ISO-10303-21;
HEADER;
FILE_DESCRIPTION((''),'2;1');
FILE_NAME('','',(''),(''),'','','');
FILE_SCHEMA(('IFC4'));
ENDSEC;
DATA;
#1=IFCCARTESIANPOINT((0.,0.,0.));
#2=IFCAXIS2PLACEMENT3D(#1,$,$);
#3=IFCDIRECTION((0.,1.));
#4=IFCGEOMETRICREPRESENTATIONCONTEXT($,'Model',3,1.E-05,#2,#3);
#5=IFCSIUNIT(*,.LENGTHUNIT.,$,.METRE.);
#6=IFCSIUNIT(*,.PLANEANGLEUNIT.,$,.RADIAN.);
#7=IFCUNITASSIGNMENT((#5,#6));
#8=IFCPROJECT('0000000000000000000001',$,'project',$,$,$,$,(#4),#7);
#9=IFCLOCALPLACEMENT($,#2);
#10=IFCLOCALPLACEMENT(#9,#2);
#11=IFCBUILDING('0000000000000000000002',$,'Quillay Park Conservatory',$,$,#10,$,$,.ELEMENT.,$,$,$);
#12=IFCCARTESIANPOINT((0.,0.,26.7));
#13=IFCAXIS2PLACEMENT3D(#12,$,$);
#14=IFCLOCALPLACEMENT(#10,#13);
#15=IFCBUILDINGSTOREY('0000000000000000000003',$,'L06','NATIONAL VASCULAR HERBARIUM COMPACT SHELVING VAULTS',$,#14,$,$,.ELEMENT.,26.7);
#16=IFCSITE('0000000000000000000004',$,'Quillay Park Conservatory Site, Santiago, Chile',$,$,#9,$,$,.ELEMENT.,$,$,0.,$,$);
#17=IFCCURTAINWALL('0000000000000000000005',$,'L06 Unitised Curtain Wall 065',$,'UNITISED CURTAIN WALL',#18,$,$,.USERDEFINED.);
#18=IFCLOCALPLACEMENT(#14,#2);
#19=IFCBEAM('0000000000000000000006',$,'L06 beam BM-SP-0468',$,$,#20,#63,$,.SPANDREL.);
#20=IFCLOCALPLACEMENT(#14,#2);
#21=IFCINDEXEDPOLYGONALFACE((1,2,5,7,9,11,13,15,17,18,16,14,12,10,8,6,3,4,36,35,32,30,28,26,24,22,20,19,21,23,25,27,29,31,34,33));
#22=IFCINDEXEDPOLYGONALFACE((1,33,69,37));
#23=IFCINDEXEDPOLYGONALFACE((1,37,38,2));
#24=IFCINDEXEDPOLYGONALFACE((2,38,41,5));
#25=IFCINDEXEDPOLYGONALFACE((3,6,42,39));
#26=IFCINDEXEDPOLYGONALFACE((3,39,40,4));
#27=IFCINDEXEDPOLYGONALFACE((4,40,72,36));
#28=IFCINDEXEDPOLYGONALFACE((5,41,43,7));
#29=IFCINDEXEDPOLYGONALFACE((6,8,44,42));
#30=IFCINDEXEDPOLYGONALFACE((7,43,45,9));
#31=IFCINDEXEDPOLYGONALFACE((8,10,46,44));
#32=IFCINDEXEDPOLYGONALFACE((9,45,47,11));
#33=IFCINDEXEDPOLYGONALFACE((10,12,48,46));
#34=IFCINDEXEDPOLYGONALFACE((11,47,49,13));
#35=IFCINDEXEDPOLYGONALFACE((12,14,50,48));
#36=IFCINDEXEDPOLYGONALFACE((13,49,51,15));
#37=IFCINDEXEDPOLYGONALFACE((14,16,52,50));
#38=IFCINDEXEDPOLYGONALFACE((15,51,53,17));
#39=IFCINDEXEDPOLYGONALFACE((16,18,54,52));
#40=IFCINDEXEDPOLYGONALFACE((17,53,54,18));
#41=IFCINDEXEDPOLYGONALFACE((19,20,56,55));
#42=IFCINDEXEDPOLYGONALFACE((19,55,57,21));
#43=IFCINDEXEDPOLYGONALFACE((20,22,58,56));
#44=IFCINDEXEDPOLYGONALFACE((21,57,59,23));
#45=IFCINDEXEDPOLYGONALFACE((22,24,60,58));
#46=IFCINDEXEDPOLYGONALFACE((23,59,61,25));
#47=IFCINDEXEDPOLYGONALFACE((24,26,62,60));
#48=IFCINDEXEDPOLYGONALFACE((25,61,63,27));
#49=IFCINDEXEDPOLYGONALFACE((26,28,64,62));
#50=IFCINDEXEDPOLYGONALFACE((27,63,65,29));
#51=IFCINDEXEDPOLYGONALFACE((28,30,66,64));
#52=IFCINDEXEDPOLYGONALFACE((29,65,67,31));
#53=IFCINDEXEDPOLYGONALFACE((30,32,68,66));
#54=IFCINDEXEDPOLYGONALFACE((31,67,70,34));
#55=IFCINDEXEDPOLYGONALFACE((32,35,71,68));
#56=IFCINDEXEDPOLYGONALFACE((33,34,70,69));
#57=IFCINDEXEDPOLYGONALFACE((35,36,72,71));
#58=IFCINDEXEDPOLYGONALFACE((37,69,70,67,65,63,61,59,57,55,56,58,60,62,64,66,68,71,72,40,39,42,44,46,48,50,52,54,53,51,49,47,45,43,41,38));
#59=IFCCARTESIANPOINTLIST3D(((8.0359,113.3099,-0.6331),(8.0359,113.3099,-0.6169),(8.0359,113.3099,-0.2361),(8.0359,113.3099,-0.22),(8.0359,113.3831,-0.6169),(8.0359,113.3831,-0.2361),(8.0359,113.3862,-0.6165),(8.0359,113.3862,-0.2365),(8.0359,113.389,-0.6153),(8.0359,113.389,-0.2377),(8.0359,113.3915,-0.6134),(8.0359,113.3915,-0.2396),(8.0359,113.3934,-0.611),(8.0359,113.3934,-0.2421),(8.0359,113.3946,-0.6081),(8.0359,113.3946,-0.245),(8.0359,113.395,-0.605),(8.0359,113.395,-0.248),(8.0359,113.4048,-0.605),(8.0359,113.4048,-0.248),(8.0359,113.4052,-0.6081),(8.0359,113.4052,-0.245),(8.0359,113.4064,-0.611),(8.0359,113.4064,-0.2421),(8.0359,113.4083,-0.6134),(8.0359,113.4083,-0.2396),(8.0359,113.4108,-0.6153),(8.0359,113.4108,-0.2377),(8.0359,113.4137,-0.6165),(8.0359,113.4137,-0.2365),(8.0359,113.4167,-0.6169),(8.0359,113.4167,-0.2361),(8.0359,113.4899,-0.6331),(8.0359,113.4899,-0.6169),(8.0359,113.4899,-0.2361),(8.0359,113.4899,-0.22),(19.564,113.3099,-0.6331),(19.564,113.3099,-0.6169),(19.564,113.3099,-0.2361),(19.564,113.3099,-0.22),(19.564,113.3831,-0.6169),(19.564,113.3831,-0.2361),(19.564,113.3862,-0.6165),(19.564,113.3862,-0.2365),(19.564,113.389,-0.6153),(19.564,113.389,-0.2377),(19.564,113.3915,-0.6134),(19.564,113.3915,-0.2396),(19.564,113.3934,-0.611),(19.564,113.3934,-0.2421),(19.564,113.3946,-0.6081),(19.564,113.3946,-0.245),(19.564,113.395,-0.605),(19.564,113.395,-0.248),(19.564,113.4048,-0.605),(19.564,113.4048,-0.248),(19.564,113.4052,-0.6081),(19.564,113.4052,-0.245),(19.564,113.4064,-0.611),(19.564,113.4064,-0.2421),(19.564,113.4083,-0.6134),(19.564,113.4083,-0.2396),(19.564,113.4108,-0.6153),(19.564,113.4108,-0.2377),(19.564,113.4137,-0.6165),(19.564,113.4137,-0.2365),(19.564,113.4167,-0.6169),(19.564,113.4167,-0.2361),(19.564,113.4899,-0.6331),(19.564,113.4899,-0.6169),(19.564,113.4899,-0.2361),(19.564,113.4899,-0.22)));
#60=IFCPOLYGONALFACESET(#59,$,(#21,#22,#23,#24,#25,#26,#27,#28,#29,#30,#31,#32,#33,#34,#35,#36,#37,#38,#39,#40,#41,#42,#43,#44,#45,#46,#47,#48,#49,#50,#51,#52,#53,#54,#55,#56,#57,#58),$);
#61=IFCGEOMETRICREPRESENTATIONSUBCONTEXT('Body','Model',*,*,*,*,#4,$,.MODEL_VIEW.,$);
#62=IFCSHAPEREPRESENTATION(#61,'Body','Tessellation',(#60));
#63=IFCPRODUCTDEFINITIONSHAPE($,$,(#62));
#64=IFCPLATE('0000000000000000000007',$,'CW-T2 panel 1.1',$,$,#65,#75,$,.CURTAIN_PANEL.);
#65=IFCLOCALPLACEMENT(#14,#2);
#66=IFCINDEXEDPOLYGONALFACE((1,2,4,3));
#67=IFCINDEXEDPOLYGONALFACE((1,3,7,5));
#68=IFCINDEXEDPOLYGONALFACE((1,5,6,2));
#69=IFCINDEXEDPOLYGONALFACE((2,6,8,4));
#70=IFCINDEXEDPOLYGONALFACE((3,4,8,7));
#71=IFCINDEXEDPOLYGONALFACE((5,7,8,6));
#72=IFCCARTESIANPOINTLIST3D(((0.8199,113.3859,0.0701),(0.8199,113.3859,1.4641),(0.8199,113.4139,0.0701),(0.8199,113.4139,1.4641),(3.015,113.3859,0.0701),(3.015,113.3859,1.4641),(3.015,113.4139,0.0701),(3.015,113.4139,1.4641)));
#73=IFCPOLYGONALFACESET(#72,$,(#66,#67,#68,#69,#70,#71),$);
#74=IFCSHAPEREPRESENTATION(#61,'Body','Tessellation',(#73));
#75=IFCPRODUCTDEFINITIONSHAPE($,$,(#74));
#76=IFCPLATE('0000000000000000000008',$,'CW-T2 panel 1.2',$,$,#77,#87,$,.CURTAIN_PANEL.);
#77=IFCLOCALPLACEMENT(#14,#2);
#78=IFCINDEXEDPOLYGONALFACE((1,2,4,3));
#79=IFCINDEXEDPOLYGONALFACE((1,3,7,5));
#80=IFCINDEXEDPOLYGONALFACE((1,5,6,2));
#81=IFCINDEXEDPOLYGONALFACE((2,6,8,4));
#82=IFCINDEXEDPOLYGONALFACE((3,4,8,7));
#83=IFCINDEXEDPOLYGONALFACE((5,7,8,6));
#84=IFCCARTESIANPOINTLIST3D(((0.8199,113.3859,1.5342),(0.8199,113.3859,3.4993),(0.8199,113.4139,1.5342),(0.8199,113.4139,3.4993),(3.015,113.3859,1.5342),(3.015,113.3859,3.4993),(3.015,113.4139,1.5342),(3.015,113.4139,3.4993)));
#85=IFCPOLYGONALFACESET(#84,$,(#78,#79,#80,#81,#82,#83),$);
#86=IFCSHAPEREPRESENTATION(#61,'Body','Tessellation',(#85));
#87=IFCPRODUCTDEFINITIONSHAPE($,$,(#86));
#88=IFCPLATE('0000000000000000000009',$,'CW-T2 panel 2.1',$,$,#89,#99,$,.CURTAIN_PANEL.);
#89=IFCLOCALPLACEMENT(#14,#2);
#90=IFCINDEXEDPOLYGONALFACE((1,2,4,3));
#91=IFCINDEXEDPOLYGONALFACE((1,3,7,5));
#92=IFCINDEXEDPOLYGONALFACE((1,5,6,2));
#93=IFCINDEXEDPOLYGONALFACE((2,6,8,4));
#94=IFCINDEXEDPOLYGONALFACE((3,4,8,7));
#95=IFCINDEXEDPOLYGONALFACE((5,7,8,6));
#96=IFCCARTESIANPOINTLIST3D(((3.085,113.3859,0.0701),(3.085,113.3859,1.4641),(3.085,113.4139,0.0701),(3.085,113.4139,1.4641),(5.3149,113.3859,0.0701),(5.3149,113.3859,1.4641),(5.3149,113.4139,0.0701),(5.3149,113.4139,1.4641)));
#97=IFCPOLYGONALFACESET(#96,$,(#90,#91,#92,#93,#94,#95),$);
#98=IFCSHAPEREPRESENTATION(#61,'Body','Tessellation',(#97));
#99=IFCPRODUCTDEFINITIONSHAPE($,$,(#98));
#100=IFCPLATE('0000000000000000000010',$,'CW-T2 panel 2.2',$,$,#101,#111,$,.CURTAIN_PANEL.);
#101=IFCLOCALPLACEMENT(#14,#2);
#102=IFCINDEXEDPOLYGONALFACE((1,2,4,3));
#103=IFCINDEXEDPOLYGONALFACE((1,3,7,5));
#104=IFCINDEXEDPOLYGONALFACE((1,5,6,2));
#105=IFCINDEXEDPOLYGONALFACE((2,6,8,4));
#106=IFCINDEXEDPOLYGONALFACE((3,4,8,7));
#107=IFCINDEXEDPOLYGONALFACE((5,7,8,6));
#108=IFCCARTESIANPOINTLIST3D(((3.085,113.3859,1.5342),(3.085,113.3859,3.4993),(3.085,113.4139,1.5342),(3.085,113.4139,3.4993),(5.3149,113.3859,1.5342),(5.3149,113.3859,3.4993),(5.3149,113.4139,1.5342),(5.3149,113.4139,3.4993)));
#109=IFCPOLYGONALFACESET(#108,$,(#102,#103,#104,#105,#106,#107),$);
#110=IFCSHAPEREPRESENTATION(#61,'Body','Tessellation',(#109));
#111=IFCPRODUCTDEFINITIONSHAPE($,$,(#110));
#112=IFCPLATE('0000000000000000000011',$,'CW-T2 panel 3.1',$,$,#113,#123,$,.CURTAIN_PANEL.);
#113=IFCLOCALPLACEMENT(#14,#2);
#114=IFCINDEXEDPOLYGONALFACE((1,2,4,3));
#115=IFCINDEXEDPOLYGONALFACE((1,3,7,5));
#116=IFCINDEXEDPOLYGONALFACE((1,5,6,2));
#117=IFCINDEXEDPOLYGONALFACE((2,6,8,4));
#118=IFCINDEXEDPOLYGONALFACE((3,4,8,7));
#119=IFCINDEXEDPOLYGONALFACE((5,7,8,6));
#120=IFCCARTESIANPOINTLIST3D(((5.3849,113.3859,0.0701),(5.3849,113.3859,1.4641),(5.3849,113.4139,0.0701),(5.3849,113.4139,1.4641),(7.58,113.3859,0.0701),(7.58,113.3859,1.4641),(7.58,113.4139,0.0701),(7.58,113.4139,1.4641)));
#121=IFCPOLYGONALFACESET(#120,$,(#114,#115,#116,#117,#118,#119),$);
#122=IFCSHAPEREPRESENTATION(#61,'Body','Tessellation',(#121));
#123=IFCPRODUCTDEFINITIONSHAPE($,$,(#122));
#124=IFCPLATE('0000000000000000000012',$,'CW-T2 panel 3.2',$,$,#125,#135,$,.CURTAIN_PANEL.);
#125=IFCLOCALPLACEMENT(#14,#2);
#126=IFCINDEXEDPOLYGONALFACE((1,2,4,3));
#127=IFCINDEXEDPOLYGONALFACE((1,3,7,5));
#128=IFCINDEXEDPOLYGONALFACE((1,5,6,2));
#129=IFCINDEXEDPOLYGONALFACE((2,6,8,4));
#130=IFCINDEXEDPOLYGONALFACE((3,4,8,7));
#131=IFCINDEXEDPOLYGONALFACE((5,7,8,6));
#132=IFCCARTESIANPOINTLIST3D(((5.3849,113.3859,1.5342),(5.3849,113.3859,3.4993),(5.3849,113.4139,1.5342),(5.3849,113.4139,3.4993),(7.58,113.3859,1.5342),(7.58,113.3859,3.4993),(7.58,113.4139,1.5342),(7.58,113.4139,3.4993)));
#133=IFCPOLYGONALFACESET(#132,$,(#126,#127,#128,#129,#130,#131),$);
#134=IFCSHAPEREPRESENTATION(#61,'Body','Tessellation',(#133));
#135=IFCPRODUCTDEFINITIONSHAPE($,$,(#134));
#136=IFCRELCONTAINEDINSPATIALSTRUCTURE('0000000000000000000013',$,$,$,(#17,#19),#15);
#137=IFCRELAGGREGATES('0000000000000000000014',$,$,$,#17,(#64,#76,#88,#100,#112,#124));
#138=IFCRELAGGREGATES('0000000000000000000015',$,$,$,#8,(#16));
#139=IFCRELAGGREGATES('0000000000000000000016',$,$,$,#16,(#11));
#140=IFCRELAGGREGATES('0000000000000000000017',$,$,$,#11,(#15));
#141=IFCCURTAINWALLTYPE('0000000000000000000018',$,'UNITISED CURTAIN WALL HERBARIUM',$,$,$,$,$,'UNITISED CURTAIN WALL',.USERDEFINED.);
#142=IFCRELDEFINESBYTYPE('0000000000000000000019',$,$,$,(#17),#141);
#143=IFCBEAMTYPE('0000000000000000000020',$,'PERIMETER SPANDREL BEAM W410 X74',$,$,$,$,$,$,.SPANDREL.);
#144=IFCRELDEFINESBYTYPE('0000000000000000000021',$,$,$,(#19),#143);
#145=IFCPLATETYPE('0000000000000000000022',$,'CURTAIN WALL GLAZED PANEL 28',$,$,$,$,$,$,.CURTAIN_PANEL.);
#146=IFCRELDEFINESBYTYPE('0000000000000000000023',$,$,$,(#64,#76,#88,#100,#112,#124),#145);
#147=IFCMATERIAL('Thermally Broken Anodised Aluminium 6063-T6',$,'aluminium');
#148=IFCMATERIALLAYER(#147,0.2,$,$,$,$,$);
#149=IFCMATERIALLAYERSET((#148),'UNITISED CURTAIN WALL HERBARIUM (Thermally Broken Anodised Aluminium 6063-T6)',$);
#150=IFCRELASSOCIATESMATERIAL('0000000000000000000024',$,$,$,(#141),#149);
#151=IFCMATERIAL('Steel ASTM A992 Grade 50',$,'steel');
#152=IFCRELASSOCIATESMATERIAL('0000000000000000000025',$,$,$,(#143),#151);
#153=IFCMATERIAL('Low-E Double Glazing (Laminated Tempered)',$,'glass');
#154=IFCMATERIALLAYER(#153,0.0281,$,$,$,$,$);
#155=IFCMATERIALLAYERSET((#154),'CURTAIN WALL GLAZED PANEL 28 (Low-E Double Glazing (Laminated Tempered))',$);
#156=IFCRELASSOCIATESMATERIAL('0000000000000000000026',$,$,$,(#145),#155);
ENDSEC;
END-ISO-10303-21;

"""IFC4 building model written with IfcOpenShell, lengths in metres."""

from ifc_helpers import new_model, si_unit, direction, frame, origin, origin_2d, place, context, subcontext, project, spatial, rectangle, i_section, extrude, material, layer, layer_set, material_profile, profile_set, type_object, element, aggregate, save


model = new_model("IFC4")

# Units and contexts
model_context = context("Model", 3, precision=1e-05, world=origin(), true_north=direction((0.0, 1.0)))
body_context = subcontext(model_context, "Body", "Model", "MODEL_VIEW")
ifc_project = project(units=[si_unit("LENGTHUNIT", "METRE"), si_unit("PLANEANGLEUNIT", "RADIAN")], contexts=[model_context])

# Site, building, storey
site_placement = place(None, origin())
site = spatial("IfcSite", under=ifc_project, at=site_placement, Name="Quillay Park Conservatory Site, Santiago, Chile", CompositionType="ELEMENT", RefElevation=0.0)
building_placement = place(site_placement, origin())
building = spatial("IfcBuilding", under=site, at=building_placement, Name="Quillay Park Conservatory", CompositionType="ELEMENT")
storey_placement = place(building_placement, frame((0.0, 0.0, 26.7)))
storey = spatial("IfcBuildingStorey", under=building, at=storey_placement, Name="L06", Description="NATIONAL VASCULAR HERBARIUM COMPACT SHELVING VAULTS", CompositionType="ELEMENT", Elevation=26.7)

# Curtain wall
ifc_material_1 = material(Name="Thermally Broken Anodised Aluminium 6063-T6", Category="aluminium")
ifc_layer_1 = layer(ifc_material_1, 0.2)
ifc_layer_set_1 = layer_set([ifc_layer_1], Name="UNITISED CURTAIN WALL HERBARIUM (Thermally Broken Anodised Aluminium 6063-T6)")
curtain_wall_type = type_object("IfcCurtainWallType", Name="UNITISED CURTAIN WALL HERBARIUM", ElementType="UNITISED CURTAIN WALL", PredefinedType="USERDEFINED", material=ifc_layer_set_1)
curtain_wall_placement = place(storey_placement, origin())
curtain_wall = element("IfcCurtainWall", 1, at=curtain_wall_placement, inside=storey, type_object=curtain_wall_type, Name="L06 Unitised Curtain Wall 065", ObjectType="UNITISED CURTAIN WALL", PredefinedType="USERDEFINED")

# Beam
ifc_material_2 = material(Name="Steel ASTM A992 Grade 50", Category="steel")
ifc_material_profile_1 = material_profile(ifc_material_2, i_section(OverallWidth=0.1799, OverallDepth=0.4131, WebThickness=0.0098, FlangeThickness=0.0161, FilletRadius=0.012, at=origin_2d()), Name="W410x74")
ifc_profile_set_1 = profile_set([ifc_material_profile_1], Name="Steel ASTM A992 Grade 50")
beam_type = type_object("IfcBeamType", Name="PERIMETER SPANDREL BEAM W410 X74", PredefinedType="SPANDREL", material=ifc_profile_set_1)
beam_1_placement = place(storey_placement, frame((8.0359, 113.3999, -0.4265), z_axis=(1.0, 0.0, 0.0), x_axis=(0.0, 1.0, 0.0)))
element("IfcBeam", 2, at=beam_1_placement, inside=storey, type_object=beam_type, Name="L06 beam BM-SP-0468", PredefinedType="SPANDREL", context=body_context, shape_type="SweptSolid", body=[
    extrude(i_section(OverallWidth=0.1799, OverallDepth=0.4131, WebThickness=0.0098, FlangeThickness=0.0161, FilletRadius=0.012, at=origin_2d()), origin(), (0.0, 0.0, 1.0), 11.5281),
])

# Plates
ifc_material_3 = material(Name="Low-E Double Glazing (Laminated Tempered)", Category="glass")
ifc_layer_2 = layer(ifc_material_3, 0.0281)
ifc_layer_set_2 = layer_set([ifc_layer_2], Name="CURTAIN WALL GLAZED PANEL 28 (Low-E Double Glazing (Laminated Tempered))")
plate_type = type_object("IfcPlateType", Name="CURTAIN WALL GLAZED PANEL 28", PredefinedType="CURTAIN_PANEL", material=ifc_layer_set_2)
plate_1_placement = place(storey_placement, frame((1.9175, 113.3999, 0.0701), z_axis=(0.0, 0.0, 1.0), x_axis=(1.0, 0.0, 0.0)))
plate_1 = element("IfcPlate", 3, at=plate_1_placement, type_object=plate_type, Name="CW-T2 panel 1.1", PredefinedType="CURTAIN_PANEL", context=body_context, shape_type="SweptSolid", body=[
    extrude(rectangle(XDim=2.1951, YDim=0.0281, at=origin_2d()), origin(), (0.0, 0.0, 1.0), 1.394),
])
plate_2_placement = place(storey_placement, frame((1.9175, 113.3999, 1.5342), z_axis=(0.0, 0.0, 1.0), x_axis=(1.0, 0.0, 0.0)))
plate_2 = element("IfcPlate", 4, at=plate_2_placement, type_object=plate_type, Name="CW-T2 panel 1.2", PredefinedType="CURTAIN_PANEL", context=body_context, shape_type="SweptSolid", body=[
    extrude(rectangle(XDim=2.1951, YDim=0.0281, at=origin_2d()), origin(), (0.0, 0.0, 1.0), 1.9651),
])
plate_3_placement = place(storey_placement, frame((4.2, 113.3999, 0.0701), z_axis=(0.0, 0.0, 1.0), x_axis=(1.0, 0.0, 0.0)))
plate_3 = element("IfcPlate", 5, at=plate_3_placement, type_object=plate_type, Name="CW-T2 panel 2.1", PredefinedType="CURTAIN_PANEL", context=body_context, shape_type="SweptSolid", body=[
    extrude(rectangle(XDim=2.23, YDim=0.0281, at=origin_2d()), origin(), (0.0, 0.0, 1.0), 1.394),
])
plate_4_placement = place(storey_placement, frame((4.2, 113.3999, 1.5342), z_axis=(0.0, 0.0, 1.0), x_axis=(1.0, 0.0, 0.0)))
plate_4 = element("IfcPlate", 6, at=plate_4_placement, type_object=plate_type, Name="CW-T2 panel 2.2", PredefinedType="CURTAIN_PANEL", context=body_context, shape_type="SweptSolid", body=[
    extrude(rectangle(XDim=2.23, YDim=0.0281, at=origin_2d()), origin(), (0.0, 0.0, 1.0), 1.9651),
])
plate_5_placement = place(storey_placement, frame((6.4824, 113.3999, 0.0701), z_axis=(0.0, 0.0, 1.0), x_axis=(1.0, 0.0, 0.0)))
plate_5 = element("IfcPlate", 7, at=plate_5_placement, type_object=plate_type, Name="CW-T2 panel 3.1", PredefinedType="CURTAIN_PANEL", context=body_context, shape_type="SweptSolid", body=[
    extrude(rectangle(XDim=2.1951, YDim=0.0281, at=origin_2d()), origin(), (0.0, 0.0, 1.0), 1.394),
])
plate_6_placement = place(storey_placement, frame((6.4824, 113.3999, 1.5342), z_axis=(0.0, 0.0, 1.0), x_axis=(1.0, 0.0, 0.0)))
plate_6 = element("IfcPlate", 8, at=plate_6_placement, type_object=plate_type, Name="CW-T2 panel 3.2", PredefinedType="CURTAIN_PANEL", context=body_context, shape_type="SweptSolid", body=[
    extrude(rectangle(XDim=2.1951, YDim=0.0281, at=origin_2d()), origin(), (0.0, 0.0, 1.0), 1.9651),
])
aggregate(curtain_wall, [plate_1, plate_2, plate_3, plate_4, plate_5, plate_6])

save(model, "model.ifc")
